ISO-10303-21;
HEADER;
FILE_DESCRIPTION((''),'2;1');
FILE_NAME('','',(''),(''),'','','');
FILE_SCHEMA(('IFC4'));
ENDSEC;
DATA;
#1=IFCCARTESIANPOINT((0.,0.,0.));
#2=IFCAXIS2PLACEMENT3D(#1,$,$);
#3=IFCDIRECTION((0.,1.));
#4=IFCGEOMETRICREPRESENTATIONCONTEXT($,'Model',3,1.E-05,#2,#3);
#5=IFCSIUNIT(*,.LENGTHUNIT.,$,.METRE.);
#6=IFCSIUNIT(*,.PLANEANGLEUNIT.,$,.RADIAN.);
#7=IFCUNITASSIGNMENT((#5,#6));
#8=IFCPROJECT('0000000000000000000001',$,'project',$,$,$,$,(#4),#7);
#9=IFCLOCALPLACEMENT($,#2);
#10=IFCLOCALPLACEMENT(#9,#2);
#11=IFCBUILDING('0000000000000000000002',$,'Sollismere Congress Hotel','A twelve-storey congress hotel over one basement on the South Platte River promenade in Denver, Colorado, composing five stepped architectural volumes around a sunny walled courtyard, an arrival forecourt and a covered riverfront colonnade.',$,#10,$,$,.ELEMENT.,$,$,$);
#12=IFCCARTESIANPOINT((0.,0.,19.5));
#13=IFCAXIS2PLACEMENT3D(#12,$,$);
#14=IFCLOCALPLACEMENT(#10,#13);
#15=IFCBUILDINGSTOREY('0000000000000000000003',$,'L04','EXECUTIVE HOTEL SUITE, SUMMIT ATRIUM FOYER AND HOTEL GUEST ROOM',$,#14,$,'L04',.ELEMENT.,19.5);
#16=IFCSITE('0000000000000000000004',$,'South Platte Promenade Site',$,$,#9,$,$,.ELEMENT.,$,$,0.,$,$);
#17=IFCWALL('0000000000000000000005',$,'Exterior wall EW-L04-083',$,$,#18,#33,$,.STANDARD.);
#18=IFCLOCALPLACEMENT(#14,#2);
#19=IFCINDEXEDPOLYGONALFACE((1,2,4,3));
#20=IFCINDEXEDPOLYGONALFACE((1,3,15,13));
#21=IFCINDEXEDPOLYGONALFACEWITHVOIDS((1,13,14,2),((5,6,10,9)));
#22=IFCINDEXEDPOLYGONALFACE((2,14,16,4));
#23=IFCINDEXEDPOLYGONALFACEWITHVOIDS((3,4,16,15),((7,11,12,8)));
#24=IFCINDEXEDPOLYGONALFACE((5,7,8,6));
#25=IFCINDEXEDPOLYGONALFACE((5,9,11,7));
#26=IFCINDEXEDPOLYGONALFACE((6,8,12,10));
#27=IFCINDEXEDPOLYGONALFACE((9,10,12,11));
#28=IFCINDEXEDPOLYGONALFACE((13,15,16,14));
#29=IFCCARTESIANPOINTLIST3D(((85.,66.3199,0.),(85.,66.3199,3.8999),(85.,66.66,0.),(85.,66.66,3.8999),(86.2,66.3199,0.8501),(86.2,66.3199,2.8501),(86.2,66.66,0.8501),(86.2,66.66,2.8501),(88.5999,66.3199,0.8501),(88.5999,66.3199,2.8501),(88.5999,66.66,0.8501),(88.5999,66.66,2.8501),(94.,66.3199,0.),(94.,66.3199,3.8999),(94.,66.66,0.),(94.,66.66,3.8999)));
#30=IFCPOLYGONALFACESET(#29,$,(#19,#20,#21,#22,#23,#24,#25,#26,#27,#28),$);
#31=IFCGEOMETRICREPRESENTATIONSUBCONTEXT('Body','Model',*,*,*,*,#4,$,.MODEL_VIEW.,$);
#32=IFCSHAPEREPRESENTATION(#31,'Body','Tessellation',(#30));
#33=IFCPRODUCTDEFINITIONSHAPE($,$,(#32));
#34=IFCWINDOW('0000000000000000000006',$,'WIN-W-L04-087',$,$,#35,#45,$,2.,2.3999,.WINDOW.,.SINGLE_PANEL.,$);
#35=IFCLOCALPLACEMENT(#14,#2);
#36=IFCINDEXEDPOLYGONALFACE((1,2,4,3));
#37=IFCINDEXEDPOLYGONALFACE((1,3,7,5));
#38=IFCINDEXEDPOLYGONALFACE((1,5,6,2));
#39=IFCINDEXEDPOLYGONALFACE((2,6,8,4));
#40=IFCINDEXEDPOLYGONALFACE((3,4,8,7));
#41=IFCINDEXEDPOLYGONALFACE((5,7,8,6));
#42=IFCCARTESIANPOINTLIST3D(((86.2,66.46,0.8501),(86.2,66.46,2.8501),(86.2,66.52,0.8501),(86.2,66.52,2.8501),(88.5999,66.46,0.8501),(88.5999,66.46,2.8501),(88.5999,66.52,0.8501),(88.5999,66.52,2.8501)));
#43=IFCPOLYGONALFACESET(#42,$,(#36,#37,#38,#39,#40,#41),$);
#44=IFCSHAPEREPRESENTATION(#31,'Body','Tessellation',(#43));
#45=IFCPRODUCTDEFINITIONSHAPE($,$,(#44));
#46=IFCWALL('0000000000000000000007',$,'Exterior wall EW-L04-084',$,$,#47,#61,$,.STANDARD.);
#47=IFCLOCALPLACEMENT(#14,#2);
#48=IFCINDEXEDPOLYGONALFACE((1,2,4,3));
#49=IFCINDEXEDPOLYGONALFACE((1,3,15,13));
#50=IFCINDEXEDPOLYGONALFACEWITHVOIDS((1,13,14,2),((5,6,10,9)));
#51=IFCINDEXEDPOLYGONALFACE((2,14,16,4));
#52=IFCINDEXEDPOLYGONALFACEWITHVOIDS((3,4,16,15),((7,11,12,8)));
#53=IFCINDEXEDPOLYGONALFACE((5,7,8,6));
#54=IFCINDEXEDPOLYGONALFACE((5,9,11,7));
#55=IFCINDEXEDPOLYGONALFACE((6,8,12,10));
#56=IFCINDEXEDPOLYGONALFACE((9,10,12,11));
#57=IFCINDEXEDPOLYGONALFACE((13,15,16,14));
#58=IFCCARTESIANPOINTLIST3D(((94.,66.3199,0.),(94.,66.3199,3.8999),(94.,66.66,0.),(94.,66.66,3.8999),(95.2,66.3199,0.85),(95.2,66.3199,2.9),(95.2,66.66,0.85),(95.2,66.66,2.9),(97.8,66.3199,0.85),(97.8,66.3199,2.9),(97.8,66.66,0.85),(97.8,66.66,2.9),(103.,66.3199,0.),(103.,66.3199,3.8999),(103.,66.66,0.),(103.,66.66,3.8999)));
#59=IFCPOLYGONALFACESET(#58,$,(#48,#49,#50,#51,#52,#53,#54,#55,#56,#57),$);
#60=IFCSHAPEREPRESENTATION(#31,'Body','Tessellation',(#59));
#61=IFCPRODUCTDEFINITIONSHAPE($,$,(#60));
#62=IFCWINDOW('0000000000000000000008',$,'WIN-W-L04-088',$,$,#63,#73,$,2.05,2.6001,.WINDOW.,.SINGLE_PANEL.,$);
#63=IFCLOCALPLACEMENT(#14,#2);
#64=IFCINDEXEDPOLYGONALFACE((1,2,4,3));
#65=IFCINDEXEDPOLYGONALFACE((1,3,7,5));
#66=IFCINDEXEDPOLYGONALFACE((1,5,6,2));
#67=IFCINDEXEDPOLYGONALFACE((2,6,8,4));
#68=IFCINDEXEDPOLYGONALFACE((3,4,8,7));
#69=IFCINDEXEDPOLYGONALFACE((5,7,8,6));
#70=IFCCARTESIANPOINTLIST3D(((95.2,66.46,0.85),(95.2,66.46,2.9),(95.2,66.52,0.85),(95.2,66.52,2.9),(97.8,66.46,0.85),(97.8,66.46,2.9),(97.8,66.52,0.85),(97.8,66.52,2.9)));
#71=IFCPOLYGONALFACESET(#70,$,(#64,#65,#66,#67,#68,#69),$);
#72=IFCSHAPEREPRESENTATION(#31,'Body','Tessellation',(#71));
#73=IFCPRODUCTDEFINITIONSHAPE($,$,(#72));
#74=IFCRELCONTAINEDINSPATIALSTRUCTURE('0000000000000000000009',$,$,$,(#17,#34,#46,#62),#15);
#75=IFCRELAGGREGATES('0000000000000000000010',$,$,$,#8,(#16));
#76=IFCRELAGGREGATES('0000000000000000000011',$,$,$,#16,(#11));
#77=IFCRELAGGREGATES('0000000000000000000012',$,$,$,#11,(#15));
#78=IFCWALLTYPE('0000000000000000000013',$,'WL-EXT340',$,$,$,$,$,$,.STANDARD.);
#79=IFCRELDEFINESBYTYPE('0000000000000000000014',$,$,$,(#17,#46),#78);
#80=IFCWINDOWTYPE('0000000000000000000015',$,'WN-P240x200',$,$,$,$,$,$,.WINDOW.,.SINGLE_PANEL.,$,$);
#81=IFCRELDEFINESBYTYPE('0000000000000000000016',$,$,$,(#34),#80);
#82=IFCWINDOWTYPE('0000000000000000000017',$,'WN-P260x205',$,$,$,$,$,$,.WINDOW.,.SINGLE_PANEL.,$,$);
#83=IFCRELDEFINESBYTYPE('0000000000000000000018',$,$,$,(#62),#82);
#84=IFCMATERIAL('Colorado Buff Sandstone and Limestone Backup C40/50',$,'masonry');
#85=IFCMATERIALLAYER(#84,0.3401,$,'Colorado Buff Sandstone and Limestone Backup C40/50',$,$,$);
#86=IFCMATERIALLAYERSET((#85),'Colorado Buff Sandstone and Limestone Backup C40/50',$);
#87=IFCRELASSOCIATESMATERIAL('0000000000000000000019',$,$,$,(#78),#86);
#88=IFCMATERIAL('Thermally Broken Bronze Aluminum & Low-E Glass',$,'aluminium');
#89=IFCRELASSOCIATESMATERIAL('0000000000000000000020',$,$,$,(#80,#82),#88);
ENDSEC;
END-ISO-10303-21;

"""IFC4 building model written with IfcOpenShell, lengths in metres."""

from ifc_helpers import new_model, si_unit, direction, frame, frame_2d, origin, place, context, subcontext, project, spatial, rectangle, extrude, material, layer, layer_set, type_object, element, fill, save


model = new_model("IFC4")

# Units and contexts
model_context = context("Model", 3, precision=1e-05, world=origin(), true_north=direction((0.0, 1.0)))
body_context = subcontext(model_context, "Body", "Model", "MODEL_VIEW")
ifc_project = project(units=[si_unit("LENGTHUNIT", "METRE"), si_unit("PLANEANGLEUNIT", "RADIAN")], contexts=[model_context])

# Site, building, storey
site_placement = place(None, origin())
site = spatial("IfcSite", under=ifc_project, at=site_placement, Name="South Platte Promenade Site", CompositionType="ELEMENT", RefElevation=0.0)
building_placement = place(site_placement, origin())
building = spatial("IfcBuilding", under=site, at=building_placement, Name="Sollismere Congress Hotel", Description="A twelve-storey congress hotel over one basement on the South Platte River promenade in Denver, Colorado, composing five stepped architectural volumes around a sunny walled courtyard, an arrival forecourt and a covered riverfront colonnade.", CompositionType="ELEMENT")
storey_placement = place(building_placement, frame((0.0, 0.0, 19.5)))
storey = spatial("IfcBuildingStorey", under=building, at=storey_placement, Name="L04", Description="EXECUTIVE HOTEL SUITE, SUMMIT ATRIUM FOYER AND HOTEL GUEST ROOM", LongName="L04", CompositionType="ELEMENT", Elevation=19.5)

# Shared definitions
ifc_material_1 = material(Name="Thermally Broken Bronze Aluminum & Low-E Glass", Category="aluminium")

# Walls, openings, windows
ifc_material_2 = material(Name="Colorado Buff Sandstone and Limestone Backup C40/50", Category="masonry")
ifc_layer_1 = layer(ifc_material_2, 0.3401, Name="Colorado Buff Sandstone and Limestone Backup C40/50")
ifc_layer_set_1 = layer_set([ifc_layer_1], Name="Colorado Buff Sandstone and Limestone Backup C40/50")
wall_type_1 = type_object("IfcWallType", Name="WL-EXT340", PredefinedType="STANDARD", material=ifc_layer_set_1)
wall_1_placement = place(storey_placement, frame((85.0, 66.49, 0.0), z_axis=(0.0, 0.0, 1.0), x_axis=(1.0, 0.0, 0.0)))
wall_1 = element("IfcWall", 1, at=wall_1_placement, inside=storey, type_object=wall_type_1, Name="Exterior wall EW-L04-083", PredefinedType="STANDARD", context=body_context, shape_type="SweptSolid", body=[
    extrude(rectangle(XDim=9.0, YDim=0.3401, at=frame_2d((4.5, 0.0))), origin(), (0.0, 0.0, 1.0), 3.8999),
])
opening_1_placement = place(wall_1_placement, frame((1.2, 0.0, 0.8501)))
opening_1 = element("IfcOpeningElement", 2, at=opening_1_placement, cuts=wall_1, PredefinedType="OPENING", context=body_context, shape_type="SweptSolid", body=[
    extrude(rectangle(XDim=2.3999, YDim=2.0, at=frame_2d((1.2, 1.0))), frame((0.0, 0.1799, 0.0), z_axis=(0.0, -1.0, 0.0), x_axis=(1.0, 0.0, 0.0)), (0.0, 0.0, 1.0), 0.3601),
])
window_type_1 = type_object("IfcWindowType", Name="WN-P240x200", PartitioningType="SINGLE_PANEL", PredefinedType="WINDOW", material=ifc_material_1)
window_1_placement = place(opening_1_placement, origin())
window_1 = element("IfcWindow", 3, at=window_1_placement, inside=storey, type_object=window_type_1, Name="WIN-W-L04-087", OverallHeight=2.0, OverallWidth=2.3999, PartitioningType="SINGLE_PANEL", PredefinedType="WINDOW", context=body_context, shape_type="SweptSolid", body=[
    extrude(rectangle(XDim=2.3999, YDim=2.0, at=frame_2d((1.2, 1.0))), frame((0.0, 0.03, 0.0), z_axis=(0.0, -1.0, 0.0), x_axis=(1.0, 0.0, 0.0)), (0.0, 0.0, 1.0), 0.0601),
])
fill(opening_1, window_1)
wall_2_placement = place(storey_placement, frame((94.0, 66.49, 0.0), z_axis=(0.0, 0.0, 1.0), x_axis=(1.0, 0.0, 0.0)))
wall_2 = element("IfcWall", 4, at=wall_2_placement, inside=storey, type_object=wall_type_1, Name="Exterior wall EW-L04-084", PredefinedType="STANDARD", context=body_context, shape_type="SweptSolid", body=[
    extrude(rectangle(XDim=9.0, YDim=0.3401, at=frame_2d((4.5, 0.0))), origin(), (0.0, 0.0, 1.0), 3.8999),
])
opening_2_placement = place(wall_2_placement, frame((1.2, 0.0, 0.8501)))
opening_2 = element("IfcOpeningElement", 5, at=opening_2_placement, cuts=wall_2, PredefinedType="OPENING", context=body_context, shape_type="SweptSolid", body=[
    extrude(rectangle(XDim=2.6001, YDim=2.05, at=frame_2d((1.3, 1.0249))), frame((0.0, 0.1799, 0.0), z_axis=(0.0, -1.0, 0.0), x_axis=(1.0, 0.0, 0.0)), (0.0, 0.0, 1.0), 0.3601),
])
window_type_2 = type_object("IfcWindowType", Name="WN-P260x205", PartitioningType="SINGLE_PANEL", PredefinedType="WINDOW", material=ifc_material_1)
window_2_placement = place(opening_2_placement, origin())
window_2 = element("IfcWindow", 6, at=window_2_placement, inside=storey, type_object=window_type_2, Name="WIN-W-L04-088", OverallHeight=2.05, OverallWidth=2.6001, PartitioningType="SINGLE_PANEL", PredefinedType="WINDOW", context=body_context, shape_type="SweptSolid", body=[
    extrude(rectangle(XDim=2.6001, YDim=2.05, at=frame_2d((1.3, 1.0249))), frame((0.0, 0.03, 0.0), z_axis=(0.0, -1.0, 0.0), x_axis=(1.0, 0.0, 0.0)), (0.0, 0.0, 1.0), 0.0601),
])
fill(opening_2, window_2)

save(model, "model.ifc")
